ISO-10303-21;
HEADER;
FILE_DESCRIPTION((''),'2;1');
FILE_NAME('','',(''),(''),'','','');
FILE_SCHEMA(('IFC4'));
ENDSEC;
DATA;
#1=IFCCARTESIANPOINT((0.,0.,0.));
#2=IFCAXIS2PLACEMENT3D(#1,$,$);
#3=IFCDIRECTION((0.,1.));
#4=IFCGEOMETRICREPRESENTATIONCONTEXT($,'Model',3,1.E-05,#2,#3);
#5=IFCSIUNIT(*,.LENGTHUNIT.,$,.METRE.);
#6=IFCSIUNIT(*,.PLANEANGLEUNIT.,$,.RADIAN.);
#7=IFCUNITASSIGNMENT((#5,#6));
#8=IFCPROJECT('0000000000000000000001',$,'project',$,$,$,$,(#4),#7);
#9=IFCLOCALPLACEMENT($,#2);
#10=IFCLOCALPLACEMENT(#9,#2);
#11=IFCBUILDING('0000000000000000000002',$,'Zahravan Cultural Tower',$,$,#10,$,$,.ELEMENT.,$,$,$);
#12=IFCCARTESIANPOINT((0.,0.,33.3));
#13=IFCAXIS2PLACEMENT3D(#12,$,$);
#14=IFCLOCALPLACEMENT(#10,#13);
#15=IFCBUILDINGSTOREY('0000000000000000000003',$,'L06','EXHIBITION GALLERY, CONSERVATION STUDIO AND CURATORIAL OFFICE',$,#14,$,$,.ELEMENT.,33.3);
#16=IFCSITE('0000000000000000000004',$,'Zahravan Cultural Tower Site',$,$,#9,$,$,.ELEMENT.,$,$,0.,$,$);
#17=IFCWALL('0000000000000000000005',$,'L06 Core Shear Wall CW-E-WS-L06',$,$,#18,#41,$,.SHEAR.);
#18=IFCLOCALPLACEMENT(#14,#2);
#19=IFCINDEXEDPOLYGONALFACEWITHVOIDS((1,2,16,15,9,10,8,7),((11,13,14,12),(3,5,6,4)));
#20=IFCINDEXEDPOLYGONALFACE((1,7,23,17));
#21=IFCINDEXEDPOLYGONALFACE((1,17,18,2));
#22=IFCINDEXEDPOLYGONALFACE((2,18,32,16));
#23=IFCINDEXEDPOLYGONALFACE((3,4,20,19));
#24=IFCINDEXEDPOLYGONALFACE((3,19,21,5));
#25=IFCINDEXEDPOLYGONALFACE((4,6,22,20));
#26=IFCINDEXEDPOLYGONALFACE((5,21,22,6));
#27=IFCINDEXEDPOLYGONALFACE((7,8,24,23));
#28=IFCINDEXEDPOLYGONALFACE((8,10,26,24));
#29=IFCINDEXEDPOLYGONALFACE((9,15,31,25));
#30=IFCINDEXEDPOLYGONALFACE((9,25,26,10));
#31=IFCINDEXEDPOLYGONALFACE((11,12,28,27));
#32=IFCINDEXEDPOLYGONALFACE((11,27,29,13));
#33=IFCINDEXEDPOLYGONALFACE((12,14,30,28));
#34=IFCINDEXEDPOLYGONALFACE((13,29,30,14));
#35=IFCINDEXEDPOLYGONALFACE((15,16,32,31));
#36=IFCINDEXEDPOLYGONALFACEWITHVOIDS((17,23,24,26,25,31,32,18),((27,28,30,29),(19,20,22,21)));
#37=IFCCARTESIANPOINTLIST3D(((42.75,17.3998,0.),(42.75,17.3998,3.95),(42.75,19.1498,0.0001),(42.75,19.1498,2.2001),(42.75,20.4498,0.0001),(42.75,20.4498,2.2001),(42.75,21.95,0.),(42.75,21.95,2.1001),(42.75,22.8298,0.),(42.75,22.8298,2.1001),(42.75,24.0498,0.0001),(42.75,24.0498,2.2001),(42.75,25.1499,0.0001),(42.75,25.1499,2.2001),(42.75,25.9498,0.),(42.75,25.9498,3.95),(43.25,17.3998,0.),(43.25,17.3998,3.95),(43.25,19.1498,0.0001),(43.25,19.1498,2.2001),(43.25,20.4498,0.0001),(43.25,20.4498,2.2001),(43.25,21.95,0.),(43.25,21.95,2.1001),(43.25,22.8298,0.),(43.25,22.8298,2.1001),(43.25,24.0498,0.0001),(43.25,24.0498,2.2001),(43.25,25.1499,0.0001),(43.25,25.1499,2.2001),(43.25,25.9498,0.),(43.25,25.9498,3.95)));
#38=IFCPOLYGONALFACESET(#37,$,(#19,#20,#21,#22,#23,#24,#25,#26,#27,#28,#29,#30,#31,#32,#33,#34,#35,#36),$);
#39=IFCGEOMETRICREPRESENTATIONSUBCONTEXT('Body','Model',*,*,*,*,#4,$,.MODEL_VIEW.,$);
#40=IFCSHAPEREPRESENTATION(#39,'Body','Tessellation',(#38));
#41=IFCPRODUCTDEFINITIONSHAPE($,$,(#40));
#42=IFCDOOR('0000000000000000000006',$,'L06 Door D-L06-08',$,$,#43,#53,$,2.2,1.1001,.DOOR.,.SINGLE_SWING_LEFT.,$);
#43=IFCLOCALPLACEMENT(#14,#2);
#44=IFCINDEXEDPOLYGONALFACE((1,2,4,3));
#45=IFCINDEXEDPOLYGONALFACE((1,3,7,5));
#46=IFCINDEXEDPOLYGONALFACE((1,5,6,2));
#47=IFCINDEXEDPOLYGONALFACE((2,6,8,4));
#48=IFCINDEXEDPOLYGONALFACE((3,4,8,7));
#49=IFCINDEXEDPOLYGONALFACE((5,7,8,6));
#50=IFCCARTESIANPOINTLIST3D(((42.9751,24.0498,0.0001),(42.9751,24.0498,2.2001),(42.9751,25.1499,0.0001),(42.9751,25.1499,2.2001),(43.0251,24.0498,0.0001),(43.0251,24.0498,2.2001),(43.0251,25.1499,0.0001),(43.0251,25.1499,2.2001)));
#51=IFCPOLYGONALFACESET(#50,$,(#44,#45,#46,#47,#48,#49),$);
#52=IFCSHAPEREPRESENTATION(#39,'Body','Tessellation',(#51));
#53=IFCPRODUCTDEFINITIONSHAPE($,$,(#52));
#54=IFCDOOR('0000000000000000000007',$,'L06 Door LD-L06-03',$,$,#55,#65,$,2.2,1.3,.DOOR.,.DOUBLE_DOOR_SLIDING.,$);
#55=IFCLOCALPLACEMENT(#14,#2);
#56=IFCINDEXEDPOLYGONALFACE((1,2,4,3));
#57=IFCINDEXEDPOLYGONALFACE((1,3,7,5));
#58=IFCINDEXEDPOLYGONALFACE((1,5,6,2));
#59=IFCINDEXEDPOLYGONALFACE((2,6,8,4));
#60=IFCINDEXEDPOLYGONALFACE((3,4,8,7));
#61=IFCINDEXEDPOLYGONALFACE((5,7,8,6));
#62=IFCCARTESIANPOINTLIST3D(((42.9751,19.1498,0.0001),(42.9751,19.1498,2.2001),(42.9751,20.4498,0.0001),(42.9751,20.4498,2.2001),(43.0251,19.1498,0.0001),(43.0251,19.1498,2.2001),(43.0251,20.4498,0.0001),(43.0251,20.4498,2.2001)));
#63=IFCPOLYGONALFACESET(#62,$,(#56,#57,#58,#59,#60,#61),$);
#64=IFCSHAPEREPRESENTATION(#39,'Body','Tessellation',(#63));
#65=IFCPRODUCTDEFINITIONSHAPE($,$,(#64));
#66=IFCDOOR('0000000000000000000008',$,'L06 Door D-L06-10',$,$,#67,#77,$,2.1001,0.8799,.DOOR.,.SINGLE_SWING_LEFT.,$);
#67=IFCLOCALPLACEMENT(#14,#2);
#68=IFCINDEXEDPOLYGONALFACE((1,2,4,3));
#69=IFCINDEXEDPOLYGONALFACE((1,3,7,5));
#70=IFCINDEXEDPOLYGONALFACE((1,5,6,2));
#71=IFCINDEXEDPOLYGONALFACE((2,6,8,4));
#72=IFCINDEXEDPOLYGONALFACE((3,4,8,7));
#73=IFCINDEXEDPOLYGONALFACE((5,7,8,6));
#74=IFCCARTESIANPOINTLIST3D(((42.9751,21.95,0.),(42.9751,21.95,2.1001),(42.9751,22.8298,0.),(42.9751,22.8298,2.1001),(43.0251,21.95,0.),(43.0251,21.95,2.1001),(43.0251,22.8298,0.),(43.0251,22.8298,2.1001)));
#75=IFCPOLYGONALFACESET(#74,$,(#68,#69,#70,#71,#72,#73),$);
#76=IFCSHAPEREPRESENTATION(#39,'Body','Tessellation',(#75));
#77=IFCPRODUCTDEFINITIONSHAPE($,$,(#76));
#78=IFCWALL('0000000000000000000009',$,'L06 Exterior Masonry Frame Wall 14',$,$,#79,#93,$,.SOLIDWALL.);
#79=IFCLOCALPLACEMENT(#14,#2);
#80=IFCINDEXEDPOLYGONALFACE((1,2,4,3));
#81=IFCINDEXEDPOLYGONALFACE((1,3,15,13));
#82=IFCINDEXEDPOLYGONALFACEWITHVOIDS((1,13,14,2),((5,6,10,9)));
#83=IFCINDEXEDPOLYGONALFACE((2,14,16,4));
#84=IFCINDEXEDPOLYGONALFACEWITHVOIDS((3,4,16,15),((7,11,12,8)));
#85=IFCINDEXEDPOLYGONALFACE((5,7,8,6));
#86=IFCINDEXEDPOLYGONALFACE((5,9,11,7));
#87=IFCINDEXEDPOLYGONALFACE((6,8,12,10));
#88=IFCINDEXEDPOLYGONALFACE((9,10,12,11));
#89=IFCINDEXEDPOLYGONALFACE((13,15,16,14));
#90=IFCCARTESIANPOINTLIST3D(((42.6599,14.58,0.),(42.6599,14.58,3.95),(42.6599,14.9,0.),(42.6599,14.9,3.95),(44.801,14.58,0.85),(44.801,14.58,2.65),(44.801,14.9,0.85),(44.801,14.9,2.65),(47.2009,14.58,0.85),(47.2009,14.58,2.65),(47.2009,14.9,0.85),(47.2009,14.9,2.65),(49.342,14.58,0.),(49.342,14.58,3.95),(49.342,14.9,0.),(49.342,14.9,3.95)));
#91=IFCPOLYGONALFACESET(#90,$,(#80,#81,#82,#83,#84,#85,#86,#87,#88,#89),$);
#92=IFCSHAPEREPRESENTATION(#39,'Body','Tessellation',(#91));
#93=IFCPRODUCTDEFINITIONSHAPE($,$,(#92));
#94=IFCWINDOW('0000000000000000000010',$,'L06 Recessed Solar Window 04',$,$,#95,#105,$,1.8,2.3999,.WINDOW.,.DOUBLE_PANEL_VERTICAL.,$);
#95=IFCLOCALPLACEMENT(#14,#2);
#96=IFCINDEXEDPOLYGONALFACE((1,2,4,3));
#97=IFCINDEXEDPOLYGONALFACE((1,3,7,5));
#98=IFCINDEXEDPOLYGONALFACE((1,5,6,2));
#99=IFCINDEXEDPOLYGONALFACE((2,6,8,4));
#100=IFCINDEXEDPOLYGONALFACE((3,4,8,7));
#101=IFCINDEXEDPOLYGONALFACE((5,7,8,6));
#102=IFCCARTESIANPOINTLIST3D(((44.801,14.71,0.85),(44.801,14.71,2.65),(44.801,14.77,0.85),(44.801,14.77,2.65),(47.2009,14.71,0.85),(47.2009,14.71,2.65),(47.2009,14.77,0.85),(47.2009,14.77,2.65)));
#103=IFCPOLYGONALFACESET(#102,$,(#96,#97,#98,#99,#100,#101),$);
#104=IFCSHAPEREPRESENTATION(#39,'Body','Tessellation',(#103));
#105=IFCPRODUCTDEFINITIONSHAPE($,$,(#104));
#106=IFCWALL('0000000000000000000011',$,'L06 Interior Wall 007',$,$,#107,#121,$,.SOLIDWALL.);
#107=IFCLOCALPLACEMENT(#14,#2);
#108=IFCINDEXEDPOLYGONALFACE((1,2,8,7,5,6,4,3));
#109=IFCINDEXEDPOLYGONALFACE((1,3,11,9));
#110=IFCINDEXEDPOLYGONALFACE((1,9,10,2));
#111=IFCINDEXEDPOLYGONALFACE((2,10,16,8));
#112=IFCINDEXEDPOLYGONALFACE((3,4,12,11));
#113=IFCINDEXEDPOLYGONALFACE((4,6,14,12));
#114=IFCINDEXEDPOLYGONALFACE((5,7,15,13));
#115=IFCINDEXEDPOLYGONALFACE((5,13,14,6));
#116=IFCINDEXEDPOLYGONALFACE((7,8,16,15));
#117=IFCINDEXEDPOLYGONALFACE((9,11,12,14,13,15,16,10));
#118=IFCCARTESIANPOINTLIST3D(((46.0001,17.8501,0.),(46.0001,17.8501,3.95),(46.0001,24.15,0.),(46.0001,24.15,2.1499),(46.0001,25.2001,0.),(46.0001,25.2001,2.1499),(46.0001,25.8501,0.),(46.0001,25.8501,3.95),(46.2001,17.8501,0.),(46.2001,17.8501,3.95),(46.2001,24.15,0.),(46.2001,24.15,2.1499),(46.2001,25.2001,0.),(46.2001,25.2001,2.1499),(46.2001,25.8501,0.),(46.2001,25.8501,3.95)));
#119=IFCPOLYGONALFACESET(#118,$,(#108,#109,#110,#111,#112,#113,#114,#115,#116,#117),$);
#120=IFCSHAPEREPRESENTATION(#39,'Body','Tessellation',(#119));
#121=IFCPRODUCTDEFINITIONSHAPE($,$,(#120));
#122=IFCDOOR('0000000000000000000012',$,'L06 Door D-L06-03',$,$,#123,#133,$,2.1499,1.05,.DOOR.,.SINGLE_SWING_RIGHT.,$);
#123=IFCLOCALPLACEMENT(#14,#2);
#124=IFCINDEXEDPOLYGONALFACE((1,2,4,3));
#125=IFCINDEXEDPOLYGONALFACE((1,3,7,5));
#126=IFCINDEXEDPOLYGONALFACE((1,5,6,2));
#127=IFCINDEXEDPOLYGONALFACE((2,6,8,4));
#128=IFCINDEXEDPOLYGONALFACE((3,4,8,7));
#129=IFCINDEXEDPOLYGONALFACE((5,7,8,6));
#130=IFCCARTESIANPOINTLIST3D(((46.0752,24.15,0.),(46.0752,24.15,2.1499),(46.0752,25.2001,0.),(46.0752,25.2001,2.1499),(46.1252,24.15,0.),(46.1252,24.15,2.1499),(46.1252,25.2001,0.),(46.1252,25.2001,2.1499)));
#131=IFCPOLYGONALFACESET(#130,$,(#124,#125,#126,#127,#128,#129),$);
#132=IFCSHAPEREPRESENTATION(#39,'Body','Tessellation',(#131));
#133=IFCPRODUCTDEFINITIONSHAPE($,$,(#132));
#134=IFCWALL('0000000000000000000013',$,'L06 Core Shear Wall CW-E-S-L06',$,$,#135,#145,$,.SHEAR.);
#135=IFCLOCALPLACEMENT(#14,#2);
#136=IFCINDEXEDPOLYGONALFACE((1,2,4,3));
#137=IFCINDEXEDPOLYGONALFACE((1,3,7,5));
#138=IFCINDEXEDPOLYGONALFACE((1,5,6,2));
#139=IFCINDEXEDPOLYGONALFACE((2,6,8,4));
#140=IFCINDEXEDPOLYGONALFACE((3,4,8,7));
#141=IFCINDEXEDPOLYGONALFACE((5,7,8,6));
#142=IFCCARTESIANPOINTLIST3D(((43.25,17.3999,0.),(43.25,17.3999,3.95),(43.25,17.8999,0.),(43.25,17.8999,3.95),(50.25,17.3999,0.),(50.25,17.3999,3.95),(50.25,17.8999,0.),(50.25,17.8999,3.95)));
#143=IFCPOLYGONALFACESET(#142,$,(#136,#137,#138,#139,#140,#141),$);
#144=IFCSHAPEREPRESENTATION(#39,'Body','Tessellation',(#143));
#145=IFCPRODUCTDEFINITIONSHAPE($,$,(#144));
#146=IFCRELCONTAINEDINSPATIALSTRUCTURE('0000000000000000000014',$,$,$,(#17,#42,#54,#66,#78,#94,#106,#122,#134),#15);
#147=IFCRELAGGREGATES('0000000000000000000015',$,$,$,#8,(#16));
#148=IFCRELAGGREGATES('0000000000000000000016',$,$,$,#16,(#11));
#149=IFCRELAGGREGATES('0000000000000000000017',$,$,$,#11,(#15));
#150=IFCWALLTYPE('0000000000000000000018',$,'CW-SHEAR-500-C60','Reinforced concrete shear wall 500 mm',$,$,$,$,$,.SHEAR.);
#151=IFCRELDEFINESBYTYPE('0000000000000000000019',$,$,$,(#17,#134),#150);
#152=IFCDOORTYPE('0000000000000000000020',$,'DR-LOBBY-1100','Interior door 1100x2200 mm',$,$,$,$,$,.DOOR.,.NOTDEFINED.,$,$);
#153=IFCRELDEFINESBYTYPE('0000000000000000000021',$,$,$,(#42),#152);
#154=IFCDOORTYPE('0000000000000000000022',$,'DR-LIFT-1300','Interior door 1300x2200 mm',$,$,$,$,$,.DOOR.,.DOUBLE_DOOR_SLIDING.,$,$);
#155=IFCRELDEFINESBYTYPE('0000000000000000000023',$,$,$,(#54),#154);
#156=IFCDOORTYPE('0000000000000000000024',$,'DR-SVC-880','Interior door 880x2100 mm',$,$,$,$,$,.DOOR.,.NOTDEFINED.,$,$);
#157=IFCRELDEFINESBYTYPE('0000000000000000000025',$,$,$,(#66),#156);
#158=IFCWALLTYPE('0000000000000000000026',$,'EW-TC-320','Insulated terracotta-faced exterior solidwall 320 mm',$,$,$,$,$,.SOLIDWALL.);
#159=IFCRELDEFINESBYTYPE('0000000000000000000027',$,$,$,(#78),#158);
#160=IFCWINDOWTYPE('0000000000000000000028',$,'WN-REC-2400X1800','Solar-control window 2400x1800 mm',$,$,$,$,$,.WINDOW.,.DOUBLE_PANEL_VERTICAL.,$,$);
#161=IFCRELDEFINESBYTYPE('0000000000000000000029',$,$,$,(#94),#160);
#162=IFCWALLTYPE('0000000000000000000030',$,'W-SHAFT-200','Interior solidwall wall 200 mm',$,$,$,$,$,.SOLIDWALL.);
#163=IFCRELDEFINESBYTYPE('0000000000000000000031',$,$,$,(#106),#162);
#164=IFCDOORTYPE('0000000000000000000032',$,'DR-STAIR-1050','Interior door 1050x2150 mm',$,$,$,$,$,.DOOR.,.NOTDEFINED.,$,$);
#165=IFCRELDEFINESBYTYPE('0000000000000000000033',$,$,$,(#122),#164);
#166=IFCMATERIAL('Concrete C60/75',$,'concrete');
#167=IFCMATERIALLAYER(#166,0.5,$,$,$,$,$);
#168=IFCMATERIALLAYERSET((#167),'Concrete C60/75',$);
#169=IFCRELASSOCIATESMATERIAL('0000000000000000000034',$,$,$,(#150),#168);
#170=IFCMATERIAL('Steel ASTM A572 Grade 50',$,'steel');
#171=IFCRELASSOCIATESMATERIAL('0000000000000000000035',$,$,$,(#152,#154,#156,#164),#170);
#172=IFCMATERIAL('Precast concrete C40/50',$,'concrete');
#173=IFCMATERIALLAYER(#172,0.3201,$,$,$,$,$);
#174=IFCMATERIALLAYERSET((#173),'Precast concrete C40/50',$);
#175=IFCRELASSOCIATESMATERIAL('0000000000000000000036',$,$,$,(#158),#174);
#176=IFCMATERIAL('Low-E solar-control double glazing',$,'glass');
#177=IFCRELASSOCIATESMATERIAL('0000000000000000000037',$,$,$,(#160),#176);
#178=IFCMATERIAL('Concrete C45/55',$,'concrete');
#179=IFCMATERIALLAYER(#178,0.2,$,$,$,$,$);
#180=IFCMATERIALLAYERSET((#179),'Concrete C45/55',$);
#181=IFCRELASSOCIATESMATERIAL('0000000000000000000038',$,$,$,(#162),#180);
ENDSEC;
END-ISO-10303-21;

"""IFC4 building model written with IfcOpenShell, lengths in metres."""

from ifc_helpers import new_model, si_unit, direction, frame, frame_2d, origin, place, context, subcontext, project, spatial, rectangle, extrude, source, transform, mapped, material, layer, layer_set, type_object, element, fill, save


model = new_model("IFC4")

# Units and contexts
model_context = context("Model", 3, precision=1e-05, world=origin(), true_north=direction((0.0, 1.0)))
body_context = subcontext(model_context, "Body", "Model", "MODEL_VIEW")
ifc_project = project(units=[si_unit("LENGTHUNIT", "METRE"), si_unit("PLANEANGLEUNIT", "RADIAN")], contexts=[model_context])

# Site, building, storey
site_placement = place(None, origin())
site = spatial("IfcSite", under=ifc_project, at=site_placement, Name="Zahravan Cultural Tower Site", CompositionType="ELEMENT", RefElevation=0.0)
building_placement = place(site_placement, origin())
building = spatial("IfcBuilding", under=site, at=building_placement, Name="Zahravan Cultural Tower", CompositionType="ELEMENT")
storey_placement = place(building_placement, frame((0.0, 0.0, 33.3)))
storey = spatial("IfcBuildingStorey", under=building, at=storey_placement, Name="L06", Description="EXHIBITION GALLERY, CONSERVATION STUDIO AND CURATORIAL OFFICE", CompositionType="ELEMENT", Elevation=33.3)

# Shared definitions
ifc_material_1 = material(Name="Concrete C60/75", Category="concrete")

# Wall, openings, doors
ifc_layer_1 = layer(ifc_material_1, 0.5)
ifc_layer_set_1 = layer_set([ifc_layer_1], Name="Concrete C60/75")
wall_type_1 = type_object("IfcWallType", Name="CW-SHEAR-500-C60", Description="Reinforced concrete shear wall 500 mm", PredefinedType="SHEAR", material=ifc_layer_set_1)
wall_1_placement = place(storey_placement, frame((43.0, 17.3999, 0.0), z_axis=(0.0, 0.0, 1.0), x_axis=(0.0, 1.0, 0.0)))
wall_1 = element("IfcWall", 1, at=wall_1_placement, inside=storey, type_object=wall_type_1, Name="L06 Core Shear Wall CW-E-WS-L06", PredefinedType="SHEAR", context=body_context, shape_type="SweptSolid", body=[
    extrude(rectangle(XDim=8.55, YDim=0.5, at=frame_2d((4.2749, 0.0))), origin(), (0.0, 0.0, 1.0), 3.95),
])
opening_1_placement = place(wall_1_placement, frame((6.6499, 0.0, 0.0)))
opening_1 = element("IfcOpeningElement", 2, at=opening_1_placement, cuts=wall_1, PredefinedType="OPENING", context=body_context, shape_type="SweptSolid", body=[
    extrude(rectangle(XDim=1.1001, YDim=2.2, at=frame_2d((0.55, 1.1001))), frame((0.0, 0.26, 0.0), z_axis=(0.0, -1.0, 0.0), x_axis=(1.0, 0.0, 0.0)), (0.0, 0.0, 1.0), 0.52),
])
opening_2_placement = place(wall_1_placement, frame((1.75, 0.0, 0.0)))
opening_2 = element("IfcOpeningElement", 3, at=opening_2_placement, cuts=wall_1, PredefinedType="OPENING", context=body_context, shape_type="SweptSolid", body=[
    extrude(rectangle(XDim=1.3, YDim=2.2, at=frame_2d((0.6499, 1.1001))), frame((0.0, 0.26, 0.0), z_axis=(0.0, -1.0, 0.0), x_axis=(1.0, 0.0, 0.0)), (0.0, 0.0, 1.0), 0.52),
])
opening_3_placement = place(wall_1_placement, frame((4.55, 0.0, 0.0)))
opening_3 = element("IfcOpeningElement", 4, at=opening_3_placement, cuts=wall_1, PredefinedType="OPENING", context=body_context, shape_type="SweptSolid", body=[
    extrude(rectangle(XDim=0.8799, YDim=2.1001, at=frame_2d((0.4399, 1.05))), frame((0.0, 0.26, 0.0), z_axis=(0.0, -1.0, 0.0), x_axis=(1.0, 0.0, 0.0)), (0.0, 0.0, 1.0), 0.52),
])
ifc_material_2 = material(Name="Steel ASTM A572 Grade 50", Category="steel")
door_type_1 = type_object("IfcDoorType", Name="DR-LOBBY-1100", Description="Interior door 1100x2200 mm", OperationType="NOTDEFINED", PredefinedType="DOOR", material=ifc_material_2)
shared_shape_1 = source(origin(), body_context, "Body", "SweptSolid", [
    extrude(rectangle(XDim=1.1001, YDim=2.2, at=frame_2d((0.55, 1.1001))), frame((0.0, 0.0249, 0.0), z_axis=(0.0, -1.0, 0.0), x_axis=(1.0, 0.0, 0.0)), (0.0, 0.0, 1.0), 0.05),
])
door_1_placement = place(opening_1_placement, origin())
door_1 = element("IfcDoor", 5, at=door_1_placement, inside=storey, type_object=door_type_1, Name="L06 Door D-L06-08", OperationType="SINGLE_SWING_LEFT", OverallHeight=2.2, OverallWidth=1.1001, PredefinedType="DOOR", context=body_context, shape_type="MappedRepresentation", body=[
    mapped(shared_shape_1, transform((0.0, 0.0, 0.0), x_axis=(1.0, 0.0, 0.0), y_axis=(0.0, 1.0, 0.0), z_axis=(0.0, 0.0, 1.0), scale=1.0)),
])
fill(opening_1, door_1)
door_type_2 = type_object("IfcDoorType", Name="DR-LIFT-1300", Description="Interior door 1300x2200 mm", OperationType="DOUBLE_DOOR_SLIDING", PredefinedType="DOOR", material=ifc_material_2)
shared_shape_2 = source(origin(), body_context, "Body", "SweptSolid", [
    extrude(rectangle(XDim=1.3, YDim=2.2, at=frame_2d((0.6499, 1.1001))), frame((0.0, 0.0249, 0.0), z_axis=(0.0, -1.0, 0.0), x_axis=(1.0, 0.0, 0.0)), (0.0, 0.0, 1.0), 0.05),
])
door_2_placement = place(opening_2_placement, origin())
door_2 = element("IfcDoor", 6, at=door_2_placement, inside=storey, type_object=door_type_2, Name="L06 Door LD-L06-03", OperationType="DOUBLE_DOOR_SLIDING", OverallHeight=2.2, OverallWidth=1.3, PredefinedType="DOOR", context=body_context, shape_type="MappedRepresentation", body=[
    mapped(shared_shape_2, transform((0.0, 0.0, 0.0), x_axis=(1.0, 0.0, 0.0), y_axis=(0.0, 1.0, 0.0), z_axis=(0.0, 0.0, 1.0), scale=1.0)),
])
fill(opening_2, door_2)
door_type_3 = type_object("IfcDoorType", Name="DR-SVC-880", Description="Interior door 880x2100 mm", OperationType="NOTDEFINED", PredefinedType="DOOR", material=ifc_material_2)
shared_shape_3 = source(origin(), body_context, "Body", "SweptSolid", [
    extrude(rectangle(XDim=0.8799, YDim=2.1001, at=frame_2d((0.4399, 1.05))), frame((0.0, 0.0249, 0.0), z_axis=(0.0, -1.0, 0.0), x_axis=(1.0, 0.0, 0.0)), (0.0, 0.0, 1.0), 0.05),
])
door_3_placement = place(opening_3_placement, origin())
door_3 = element("IfcDoor", 7, at=door_3_placement, inside=storey, type_object=door_type_3, Name="L06 Door D-L06-10", OperationType="SINGLE_SWING_LEFT", OverallHeight=2.1001, OverallWidth=0.8799, PredefinedType="DOOR", context=body_context, shape_type="MappedRepresentation", body=[
    mapped(shared_shape_3, transform((0.0, 0.0, 0.0), x_axis=(1.0, 0.0, 0.0), y_axis=(0.0, 1.0, 0.0), z_axis=(0.0, 0.0, 1.0), scale=1.0)),
])
fill(opening_3, door_3)

# Wall, opening, window
ifc_material_3 = material(Name="Precast concrete C40/50", Category="concrete")
ifc_layer_2 = layer(ifc_material_3, 0.3201)
ifc_layer_set_2 = layer_set([ifc_layer_2], Name="Precast concrete C40/50")
wall_type_2 = type_object("IfcWallType", Name="EW-TC-320", Description="Insulated terracotta-faced exterior solidwall 320 mm", PredefinedType="SOLIDWALL", material=ifc_layer_set_2)
wall_2_placement = place(storey_placement, frame((49.342, 14.74, 0.0), z_axis=(0.0, 0.0, 1.0), x_axis=(-1.0, 0.0, 0.0)))
wall_2 = element("IfcWall", 8, at=wall_2_placement, inside=storey, type_object=wall_type_2, Name="L06 Exterior Masonry Frame Wall 14", PredefinedType="SOLIDWALL", context=body_context, shape_type="SweptSolid", body=[
    extrude(rectangle(XDim=6.6821, YDim=0.3201, at=frame_2d((3.3411, 0.0))), origin(), (0.0, 0.0, 1.0), 3.95),
])
opening_4_placement = place(wall_2_placement, frame((2.1411, 0.0, 0.8501)))
opening_4 = element("IfcOpeningElement", 9, at=opening_4_placement, cuts=wall_2, PredefinedType="OPENING", context=body_context, shape_type="SweptSolid", body=[
    extrude(rectangle(XDim=2.3999, YDim=1.8, at=frame_2d((1.2, 0.8999))), frame((0.0, 0.1699, 0.0), z_axis=(0.0, -1.0, 0.0), x_axis=(1.0, 0.0, 0.0)), (0.0, 0.0, 1.0), 0.3401),
])
ifc_material_4 = material(Name="Low-E solar-control double glazing", Category="glass")
window_type = type_object("IfcWindowType", Name="WN-REC-2400X1800", Description="Solar-control window 2400x1800 mm", PartitioningType="DOUBLE_PANEL_VERTICAL", PredefinedType="WINDOW", material=ifc_material_4)
shared_shape_4 = source(origin(), body_context, "Body", "SweptSolid", [
    extrude(rectangle(XDim=2.3999, YDim=1.8, at=frame_2d((1.2, 0.8999))), frame((0.0, 0.03, 0.0), z_axis=(0.0, -1.0, 0.0), x_axis=(1.0, 0.0, 0.0)), (0.0, 0.0, 1.0), 0.0601),
])
window_placement = place(opening_4_placement, origin())
window = element("IfcWindow", 10, at=window_placement, inside=storey, type_object=window_type, Name="L06 Recessed Solar Window 04", OverallHeight=1.8, OverallWidth=2.3999, PartitioningType="DOUBLE_PANEL_VERTICAL", PredefinedType="WINDOW", context=body_context, shape_type="MappedRepresentation", body=[
    mapped(shared_shape_4, transform((0.0, 0.0, 0.0), x_axis=(1.0, 0.0, 0.0), y_axis=(0.0, 1.0, 0.0), z_axis=(0.0, 0.0, 1.0), scale=1.0)),
])
fill(opening_4, window)

# Wall, opening, door
ifc_material_5 = material(Name="Concrete C45/55", Category="concrete")
ifc_layer_3 = layer(ifc_material_5, 0.2)
ifc_layer_set_3 = layer_set([ifc_layer_3], Name="Concrete C45/55")
wall_type_3 = type_object("IfcWallType", Name="W-SHAFT-200", Description="Interior solidwall wall 200 mm", PredefinedType="SOLIDWALL", material=ifc_layer_set_3)
wall_3_placement = place(storey_placement, frame((46.1001, 17.8501, 0.0), z_axis=(0.0, 0.0, 1.0), x_axis=(0.0, 1.0, 0.0)))
wall_3 = element("IfcWall", 11, at=wall_3_placement, inside=storey, type_object=wall_type_3, Name="L06 Interior Wall 007", PredefinedType="SOLIDWALL", context=body_context, shape_type="SweptSolid", body=[
    extrude(rectangle(XDim=8.0, YDim=0.2, at=frame_2d((4.0, 0.0))), origin(), (0.0, 0.0, 1.0), 3.95),
])
opening_5_placement = place(wall_3_placement, frame((6.3, 0.0, 0.0)))
opening_5 = element("IfcOpeningElement", 12, at=opening_5_placement, cuts=wall_3, PredefinedType="OPENING", context=body_context, shape_type="SweptSolid", body=[
    extrude(rectangle(XDim=1.05, YDim=2.1499, at=frame_2d((0.5249, 1.075))), frame((0.0, 0.1099, 0.0), z_axis=(0.0, -1.0, 0.0), x_axis=(1.0, 0.0, 0.0)), (0.0, 0.0, 1.0), 0.22),
])
door_type_4 = type_object("IfcDoorType", Name="DR-STAIR-1050", Description="Interior door 1050x2150 mm", OperationType="NOTDEFINED", PredefinedType="DOOR", material=ifc_material_2)
shared_shape_5 = source(origin(), body_context, "Body", "SweptSolid", [
    extrude(rectangle(XDim=1.05, YDim=2.1499, at=frame_2d((0.5249, 1.075))), frame((0.0, 0.0249, 0.0), z_axis=(0.0, -1.0, 0.0), x_axis=(1.0, 0.0, 0.0)), (0.0, 0.0, 1.0), 0.05),
])
door_4_placement = place(opening_5_placement, origin())
door_4 = element("IfcDoor", 13, at=door_4_placement, inside=storey, type_object=door_type_4, Name="L06 Door D-L06-03", OperationType="SINGLE_SWING_RIGHT", OverallHeight=2.1499, OverallWidth=1.05, PredefinedType="DOOR", context=body_context, shape_type="MappedRepresentation", body=[
    mapped(shared_shape_5, transform((0.0, 0.0, 0.0), x_axis=(1.0, 0.0, 0.0), y_axis=(0.0, 1.0, 0.0), z_axis=(0.0, 0.0, 1.0), scale=1.0)),
])
fill(opening_5, door_4)

# Wall
shared_shape_6 = source(origin(), body_context, "Body", "SweptSolid", [
    extrude(rectangle(XDim=7.0, YDim=0.5, at=frame_2d((3.5, 0.0))), origin(), (0.0, 0.0, 1.0), 3.95),
])
wall_4_placement = place(storey_placement, frame((43.25, 17.6499, 0.0), z_axis=(0.0, 0.0, 1.0), x_axis=(1.0, 0.0, 0.0)))
element("IfcWall", 14, at=wall_4_placement, inside=storey, type_object=wall_type_1, Name="L06 Core Shear Wall CW-E-S-L06", PredefinedType="SHEAR", context=body_context, shape_type="MappedRepresentation", body=[
    mapped(shared_shape_6, transform((0.0, 0.0, 0.0), x_axis=(1.0, 0.0, 0.0), y_axis=(0.0, 1.0, 0.0), z_axis=(0.0, 0.0, 1.0), scale=1.0)),
])

save(model, "model.ifc")
